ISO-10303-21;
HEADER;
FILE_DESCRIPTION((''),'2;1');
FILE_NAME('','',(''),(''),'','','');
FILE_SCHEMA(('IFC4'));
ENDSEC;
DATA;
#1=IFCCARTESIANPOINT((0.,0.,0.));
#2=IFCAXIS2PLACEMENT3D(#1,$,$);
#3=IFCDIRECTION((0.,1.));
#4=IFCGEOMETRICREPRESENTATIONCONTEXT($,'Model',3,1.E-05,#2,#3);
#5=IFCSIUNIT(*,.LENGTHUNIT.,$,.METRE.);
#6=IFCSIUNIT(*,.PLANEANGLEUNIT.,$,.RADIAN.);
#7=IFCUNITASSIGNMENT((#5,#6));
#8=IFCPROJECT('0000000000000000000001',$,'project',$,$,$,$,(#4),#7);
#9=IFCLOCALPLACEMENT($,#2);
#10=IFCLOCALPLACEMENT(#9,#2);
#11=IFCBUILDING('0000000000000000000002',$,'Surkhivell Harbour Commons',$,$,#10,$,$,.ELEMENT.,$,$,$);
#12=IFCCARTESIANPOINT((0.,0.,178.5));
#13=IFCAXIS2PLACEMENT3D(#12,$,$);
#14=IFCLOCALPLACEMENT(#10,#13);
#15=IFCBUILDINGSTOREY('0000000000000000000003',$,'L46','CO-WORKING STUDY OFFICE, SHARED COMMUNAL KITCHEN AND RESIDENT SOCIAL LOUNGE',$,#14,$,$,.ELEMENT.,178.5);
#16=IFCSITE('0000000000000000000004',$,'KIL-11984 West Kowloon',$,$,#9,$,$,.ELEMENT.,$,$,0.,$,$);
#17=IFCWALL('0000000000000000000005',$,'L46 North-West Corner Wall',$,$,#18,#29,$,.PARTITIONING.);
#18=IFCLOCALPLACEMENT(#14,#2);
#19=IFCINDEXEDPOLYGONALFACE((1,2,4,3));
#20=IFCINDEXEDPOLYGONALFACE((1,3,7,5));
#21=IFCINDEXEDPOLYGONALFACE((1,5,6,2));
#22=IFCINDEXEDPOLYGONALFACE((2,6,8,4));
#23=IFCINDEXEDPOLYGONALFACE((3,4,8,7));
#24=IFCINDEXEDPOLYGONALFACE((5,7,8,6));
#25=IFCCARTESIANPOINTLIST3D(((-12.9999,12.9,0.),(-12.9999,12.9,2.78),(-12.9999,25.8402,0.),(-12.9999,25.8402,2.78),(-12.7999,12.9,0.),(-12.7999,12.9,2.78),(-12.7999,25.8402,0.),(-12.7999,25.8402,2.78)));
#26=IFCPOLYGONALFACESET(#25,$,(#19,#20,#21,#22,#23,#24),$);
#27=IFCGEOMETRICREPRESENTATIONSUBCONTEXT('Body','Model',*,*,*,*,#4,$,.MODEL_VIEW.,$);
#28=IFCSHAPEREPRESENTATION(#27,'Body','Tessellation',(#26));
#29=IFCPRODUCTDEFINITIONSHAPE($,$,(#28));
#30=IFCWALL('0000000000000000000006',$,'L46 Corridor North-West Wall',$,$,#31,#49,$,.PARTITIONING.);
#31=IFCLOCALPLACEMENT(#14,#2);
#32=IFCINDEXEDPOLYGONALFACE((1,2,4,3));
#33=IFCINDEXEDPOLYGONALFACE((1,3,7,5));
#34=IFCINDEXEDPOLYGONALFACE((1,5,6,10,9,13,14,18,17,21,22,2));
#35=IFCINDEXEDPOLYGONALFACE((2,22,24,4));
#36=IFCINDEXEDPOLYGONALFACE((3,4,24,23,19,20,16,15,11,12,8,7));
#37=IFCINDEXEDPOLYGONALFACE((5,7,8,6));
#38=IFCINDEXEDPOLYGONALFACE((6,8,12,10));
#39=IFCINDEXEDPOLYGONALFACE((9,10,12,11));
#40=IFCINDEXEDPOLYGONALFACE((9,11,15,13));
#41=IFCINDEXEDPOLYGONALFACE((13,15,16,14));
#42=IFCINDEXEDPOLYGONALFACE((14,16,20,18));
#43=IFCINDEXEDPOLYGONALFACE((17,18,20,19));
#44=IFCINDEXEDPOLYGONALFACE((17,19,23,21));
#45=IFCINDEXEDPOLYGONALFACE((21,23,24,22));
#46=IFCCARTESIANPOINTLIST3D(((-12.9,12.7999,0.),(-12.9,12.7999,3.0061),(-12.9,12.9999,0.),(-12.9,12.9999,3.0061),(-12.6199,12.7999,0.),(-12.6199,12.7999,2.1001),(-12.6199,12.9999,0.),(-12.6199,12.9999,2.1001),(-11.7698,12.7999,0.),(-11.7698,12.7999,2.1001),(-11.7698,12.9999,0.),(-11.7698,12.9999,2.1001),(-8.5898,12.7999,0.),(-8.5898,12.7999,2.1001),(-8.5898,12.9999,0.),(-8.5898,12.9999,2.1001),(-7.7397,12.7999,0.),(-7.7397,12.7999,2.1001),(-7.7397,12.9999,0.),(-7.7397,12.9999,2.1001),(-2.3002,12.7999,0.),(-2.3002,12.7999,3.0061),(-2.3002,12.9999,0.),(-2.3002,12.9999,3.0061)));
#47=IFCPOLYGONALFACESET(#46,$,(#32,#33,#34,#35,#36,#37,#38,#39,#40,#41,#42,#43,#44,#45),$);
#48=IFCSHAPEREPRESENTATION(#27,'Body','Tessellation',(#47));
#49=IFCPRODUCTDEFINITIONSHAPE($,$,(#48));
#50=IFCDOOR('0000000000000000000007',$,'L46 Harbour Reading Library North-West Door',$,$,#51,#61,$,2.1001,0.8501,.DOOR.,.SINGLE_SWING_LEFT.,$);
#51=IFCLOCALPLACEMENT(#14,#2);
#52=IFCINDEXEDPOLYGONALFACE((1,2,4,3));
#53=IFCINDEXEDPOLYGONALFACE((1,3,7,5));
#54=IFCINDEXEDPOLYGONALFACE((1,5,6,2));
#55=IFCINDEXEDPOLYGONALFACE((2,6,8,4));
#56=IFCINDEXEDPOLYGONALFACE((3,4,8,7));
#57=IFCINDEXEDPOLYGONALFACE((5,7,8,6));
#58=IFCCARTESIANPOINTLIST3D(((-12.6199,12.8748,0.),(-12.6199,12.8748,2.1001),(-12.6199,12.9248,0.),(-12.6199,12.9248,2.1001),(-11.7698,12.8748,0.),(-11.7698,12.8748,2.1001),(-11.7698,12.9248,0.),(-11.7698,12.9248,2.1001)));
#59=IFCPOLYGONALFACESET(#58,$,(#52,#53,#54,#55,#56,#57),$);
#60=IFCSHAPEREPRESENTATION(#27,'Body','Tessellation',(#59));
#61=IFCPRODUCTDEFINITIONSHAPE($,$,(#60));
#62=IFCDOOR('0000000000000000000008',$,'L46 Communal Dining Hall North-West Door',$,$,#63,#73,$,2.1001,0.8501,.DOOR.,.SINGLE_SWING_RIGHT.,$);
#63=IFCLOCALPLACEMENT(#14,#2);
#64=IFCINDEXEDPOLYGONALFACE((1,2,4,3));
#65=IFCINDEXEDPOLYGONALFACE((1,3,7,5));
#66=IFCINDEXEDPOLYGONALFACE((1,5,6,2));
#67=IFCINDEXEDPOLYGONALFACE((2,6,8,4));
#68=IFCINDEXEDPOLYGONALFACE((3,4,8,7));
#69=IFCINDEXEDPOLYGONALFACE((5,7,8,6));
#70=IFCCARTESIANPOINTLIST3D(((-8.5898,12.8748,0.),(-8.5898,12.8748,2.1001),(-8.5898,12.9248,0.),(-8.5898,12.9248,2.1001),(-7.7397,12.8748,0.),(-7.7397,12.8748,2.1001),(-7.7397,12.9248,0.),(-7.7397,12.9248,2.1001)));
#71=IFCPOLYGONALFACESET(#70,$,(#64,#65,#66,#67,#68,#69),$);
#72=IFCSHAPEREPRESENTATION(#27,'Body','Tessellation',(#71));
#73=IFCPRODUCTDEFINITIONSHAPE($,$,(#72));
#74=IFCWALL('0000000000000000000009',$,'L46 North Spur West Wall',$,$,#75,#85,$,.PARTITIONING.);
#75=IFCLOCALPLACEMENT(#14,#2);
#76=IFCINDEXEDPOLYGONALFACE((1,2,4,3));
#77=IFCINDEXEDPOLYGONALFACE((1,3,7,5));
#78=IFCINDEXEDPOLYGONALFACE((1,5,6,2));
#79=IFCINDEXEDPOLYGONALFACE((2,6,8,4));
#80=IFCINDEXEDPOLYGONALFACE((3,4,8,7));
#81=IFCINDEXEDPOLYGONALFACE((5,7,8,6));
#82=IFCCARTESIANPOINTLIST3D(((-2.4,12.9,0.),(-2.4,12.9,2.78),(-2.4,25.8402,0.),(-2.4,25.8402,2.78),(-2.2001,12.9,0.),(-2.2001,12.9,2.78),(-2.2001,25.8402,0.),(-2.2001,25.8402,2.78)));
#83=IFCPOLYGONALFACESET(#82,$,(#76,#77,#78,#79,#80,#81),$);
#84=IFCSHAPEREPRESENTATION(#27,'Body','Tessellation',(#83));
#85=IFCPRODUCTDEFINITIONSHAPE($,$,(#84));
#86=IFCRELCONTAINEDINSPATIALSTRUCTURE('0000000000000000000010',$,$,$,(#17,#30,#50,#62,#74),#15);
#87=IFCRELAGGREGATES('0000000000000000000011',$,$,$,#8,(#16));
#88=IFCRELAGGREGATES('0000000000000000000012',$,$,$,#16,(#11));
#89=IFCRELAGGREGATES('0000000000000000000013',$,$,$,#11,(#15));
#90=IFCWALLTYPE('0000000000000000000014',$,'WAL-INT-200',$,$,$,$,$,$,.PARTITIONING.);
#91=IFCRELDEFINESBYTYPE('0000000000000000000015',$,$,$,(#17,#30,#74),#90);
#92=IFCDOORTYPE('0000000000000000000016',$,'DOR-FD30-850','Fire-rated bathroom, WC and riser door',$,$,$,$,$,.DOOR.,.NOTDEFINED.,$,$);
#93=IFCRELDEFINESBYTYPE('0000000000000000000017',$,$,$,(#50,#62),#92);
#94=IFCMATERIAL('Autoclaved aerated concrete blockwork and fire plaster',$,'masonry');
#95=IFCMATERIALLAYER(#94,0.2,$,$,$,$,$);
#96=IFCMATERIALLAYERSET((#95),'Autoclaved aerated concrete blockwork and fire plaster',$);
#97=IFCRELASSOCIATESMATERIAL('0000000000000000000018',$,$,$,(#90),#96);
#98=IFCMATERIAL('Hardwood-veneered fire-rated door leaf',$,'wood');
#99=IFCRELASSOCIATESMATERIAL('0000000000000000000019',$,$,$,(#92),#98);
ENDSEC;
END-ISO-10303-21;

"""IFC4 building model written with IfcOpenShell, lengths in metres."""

from ifc_helpers import new_model, si_unit, direction, frame, frame_2d, origin, place, context, subcontext, project, spatial, rectangle, extrude, material, layer, layer_set, type_object, element, fill, save


model = new_model("IFC4")

# Units and contexts
model_context = context("Model", 3, precision=1e-05, world=origin(), true_north=direction((0.0, 1.0)))
body_context = subcontext(model_context, "Body", "Model", "MODEL_VIEW")
ifc_project = project(units=[si_unit("LENGTHUNIT", "METRE"), si_unit("PLANEANGLEUNIT", "RADIAN")], contexts=[model_context])

# Site, building, storey
site_placement = place(None, origin())
site = spatial("IfcSite", under=ifc_project, at=site_placement, Name="KIL-11984 West Kowloon", CompositionType="ELEMENT", RefElevation=0.0)
building_placement = place(site_placement, origin())
building = spatial("IfcBuilding", under=site, at=building_placement, Name="Surkhivell Harbour Commons", CompositionType="ELEMENT")
storey_placement = place(building_placement, frame((0.0, 0.0, 178.5)))
storey = spatial("IfcBuildingStorey", under=building, at=storey_placement, Name="L46", Description="CO-WORKING STUDY OFFICE, SHARED COMMUNAL KITCHEN AND RESIDENT SOCIAL LOUNGE", CompositionType="ELEMENT", Elevation=178.5)

# Shared definitions
ifc_material_1 = material(Name="Hardwood-veneered fire-rated door leaf", Category="wood")

# Wall
ifc_material_2 = material(Name="Autoclaved aerated concrete blockwork and fire plaster", Category="masonry")
ifc_layer_1 = layer(ifc_material_2, 0.2)
ifc_layer_set_1 = layer_set([ifc_layer_1], Name="Autoclaved aerated concrete blockwork and fire plaster")
wall_type_1 = type_object("IfcWallType", Name="WAL-INT-200", PredefinedType="PARTITIONING", material=ifc_layer_set_1)
wall_1_placement = place(storey_placement, frame((-12.8999, 12.8999, 0.0), z_axis=(0.0, 0.0, 1.0), x_axis=(0.0, 1.0, 0.0)))
element("IfcWall", 1, at=wall_1_placement, inside=storey, type_object=wall_type_1, Name="L46 North-West Corner Wall", PredefinedType="PARTITIONING", context=body_context, shape_type="SweptSolid", body=[
    extrude(rectangle(XDim=12.9402, YDim=0.2, at=frame_2d((6.4702, 0.0))), origin(), (0.0, 0.0, 1.0), 2.78),
])

# Wall, openings, doors
wall_2_placement = place(storey_placement, frame((-12.8999, 12.8999, 0.0), z_axis=(0.0, 0.0, 1.0), x_axis=(1.0, 0.0, 0.0)))
wall_2 = element("IfcWall", 2, at=wall_2_placement, inside=storey, type_object=wall_type_1, Name="L46 Corridor North-West Wall", PredefinedType="PARTITIONING", context=body_context, shape_type="SweptSolid", body=[
    extrude(rectangle(XDim=10.5999, YDim=0.2, at=frame_2d((5.2998, 0.0))), origin(), (0.0, 0.0, 1.0), 3.0061),
])
opening_1_placement = place(wall_2_placement, frame((0.28, 0.0, 0.0)))
opening_1 = element("IfcOpeningElement", 3, at=opening_1_placement, cuts=wall_2, PredefinedType="OPENING", context=body_context, shape_type="SweptSolid", body=[
    extrude(rectangle(XDim=0.8501, YDim=2.1001, at=frame_2d((0.425, 1.05))), frame((0.0, 0.1099, 0.0), z_axis=(0.0, -1.0, 0.0), x_axis=(1.0, 0.0, 0.0)), (0.0, 0.0, 1.0), 0.22),
])
opening_2_placement = place(wall_2_placement, frame((4.3101, 0.0, 0.0)))
opening_2 = element("IfcOpeningElement", 4, at=opening_2_placement, cuts=wall_2, PredefinedType="OPENING", context=body_context, shape_type="SweptSolid", body=[
    extrude(rectangle(XDim=0.8501, YDim=2.1001, at=frame_2d((0.425, 1.05))), frame((0.0, 0.1099, 0.0), z_axis=(0.0, -1.0, 0.0), x_axis=(1.0, 0.0, 0.0)), (0.0, 0.0, 1.0), 0.22),
])
door_type_1 = type_object("IfcDoorType", Name="DOR-FD30-850", Description="Fire-rated bathroom, WC and riser door", OperationType="NOTDEFINED", PredefinedType="DOOR", material=ifc_material_1)
door_1_placement = place(opening_1_placement, origin())
door_1 = element("IfcDoor", 5, at=door_1_placement, inside=storey, type_object=door_type_1, Name="L46 Harbour Reading Library North-West Door", OperationType="SINGLE_SWING_LEFT", OverallHeight=2.1001, OverallWidth=0.8501, PredefinedType="DOOR", context=body_context, shape_type="SweptSolid", body=[
    extrude(rectangle(XDim=0.8501, YDim=2.1001, at=frame_2d((0.425, 1.05))), frame((0.0, 0.0249, 0.0), z_axis=(0.0, -1.0, 0.0), x_axis=(1.0, 0.0, 0.0)), (0.0, 0.0, 1.0), 0.05),
])
fill(opening_1, door_1)
door_2_placement = place(opening_2_placement, origin())
door_2 = element("IfcDoor", 6, at=door_2_placement, inside=storey, type_object=door_type_1, Name="L46 Communal Dining Hall North-West Door", OperationType="SINGLE_SWING_RIGHT", OverallHeight=2.1001, OverallWidth=0.8501, PredefinedType="DOOR", context=body_context, shape_type="SweptSolid", body=[
    extrude(rectangle(XDim=0.8501, YDim=2.1001, at=frame_2d((0.425, 1.05))), frame((0.0, 0.0249, 0.0), z_axis=(0.0, -1.0, 0.0), x_axis=(1.0, 0.0, 0.0)), (0.0, 0.0, 1.0), 0.05),
])
fill(opening_2, door_2)

# Wall
wall_3_placement = place(storey_placement, frame((-2.3, 12.8999, 0.0), z_axis=(0.0, 0.0, 1.0), x_axis=(0.0, 1.0, 0.0)))
element("IfcWall", 7, at=wall_3_placement, inside=storey, type_object=wall_type_1, Name="L46 North Spur West Wall", PredefinedType="PARTITIONING", context=body_context, shape_type="SweptSolid", body=[
    extrude(rectangle(XDim=12.9402, YDim=0.2, at=frame_2d((6.4702, 0.0))), origin(), (0.0, 0.0, 1.0), 2.78),
])

save(model, "model.ifc")
